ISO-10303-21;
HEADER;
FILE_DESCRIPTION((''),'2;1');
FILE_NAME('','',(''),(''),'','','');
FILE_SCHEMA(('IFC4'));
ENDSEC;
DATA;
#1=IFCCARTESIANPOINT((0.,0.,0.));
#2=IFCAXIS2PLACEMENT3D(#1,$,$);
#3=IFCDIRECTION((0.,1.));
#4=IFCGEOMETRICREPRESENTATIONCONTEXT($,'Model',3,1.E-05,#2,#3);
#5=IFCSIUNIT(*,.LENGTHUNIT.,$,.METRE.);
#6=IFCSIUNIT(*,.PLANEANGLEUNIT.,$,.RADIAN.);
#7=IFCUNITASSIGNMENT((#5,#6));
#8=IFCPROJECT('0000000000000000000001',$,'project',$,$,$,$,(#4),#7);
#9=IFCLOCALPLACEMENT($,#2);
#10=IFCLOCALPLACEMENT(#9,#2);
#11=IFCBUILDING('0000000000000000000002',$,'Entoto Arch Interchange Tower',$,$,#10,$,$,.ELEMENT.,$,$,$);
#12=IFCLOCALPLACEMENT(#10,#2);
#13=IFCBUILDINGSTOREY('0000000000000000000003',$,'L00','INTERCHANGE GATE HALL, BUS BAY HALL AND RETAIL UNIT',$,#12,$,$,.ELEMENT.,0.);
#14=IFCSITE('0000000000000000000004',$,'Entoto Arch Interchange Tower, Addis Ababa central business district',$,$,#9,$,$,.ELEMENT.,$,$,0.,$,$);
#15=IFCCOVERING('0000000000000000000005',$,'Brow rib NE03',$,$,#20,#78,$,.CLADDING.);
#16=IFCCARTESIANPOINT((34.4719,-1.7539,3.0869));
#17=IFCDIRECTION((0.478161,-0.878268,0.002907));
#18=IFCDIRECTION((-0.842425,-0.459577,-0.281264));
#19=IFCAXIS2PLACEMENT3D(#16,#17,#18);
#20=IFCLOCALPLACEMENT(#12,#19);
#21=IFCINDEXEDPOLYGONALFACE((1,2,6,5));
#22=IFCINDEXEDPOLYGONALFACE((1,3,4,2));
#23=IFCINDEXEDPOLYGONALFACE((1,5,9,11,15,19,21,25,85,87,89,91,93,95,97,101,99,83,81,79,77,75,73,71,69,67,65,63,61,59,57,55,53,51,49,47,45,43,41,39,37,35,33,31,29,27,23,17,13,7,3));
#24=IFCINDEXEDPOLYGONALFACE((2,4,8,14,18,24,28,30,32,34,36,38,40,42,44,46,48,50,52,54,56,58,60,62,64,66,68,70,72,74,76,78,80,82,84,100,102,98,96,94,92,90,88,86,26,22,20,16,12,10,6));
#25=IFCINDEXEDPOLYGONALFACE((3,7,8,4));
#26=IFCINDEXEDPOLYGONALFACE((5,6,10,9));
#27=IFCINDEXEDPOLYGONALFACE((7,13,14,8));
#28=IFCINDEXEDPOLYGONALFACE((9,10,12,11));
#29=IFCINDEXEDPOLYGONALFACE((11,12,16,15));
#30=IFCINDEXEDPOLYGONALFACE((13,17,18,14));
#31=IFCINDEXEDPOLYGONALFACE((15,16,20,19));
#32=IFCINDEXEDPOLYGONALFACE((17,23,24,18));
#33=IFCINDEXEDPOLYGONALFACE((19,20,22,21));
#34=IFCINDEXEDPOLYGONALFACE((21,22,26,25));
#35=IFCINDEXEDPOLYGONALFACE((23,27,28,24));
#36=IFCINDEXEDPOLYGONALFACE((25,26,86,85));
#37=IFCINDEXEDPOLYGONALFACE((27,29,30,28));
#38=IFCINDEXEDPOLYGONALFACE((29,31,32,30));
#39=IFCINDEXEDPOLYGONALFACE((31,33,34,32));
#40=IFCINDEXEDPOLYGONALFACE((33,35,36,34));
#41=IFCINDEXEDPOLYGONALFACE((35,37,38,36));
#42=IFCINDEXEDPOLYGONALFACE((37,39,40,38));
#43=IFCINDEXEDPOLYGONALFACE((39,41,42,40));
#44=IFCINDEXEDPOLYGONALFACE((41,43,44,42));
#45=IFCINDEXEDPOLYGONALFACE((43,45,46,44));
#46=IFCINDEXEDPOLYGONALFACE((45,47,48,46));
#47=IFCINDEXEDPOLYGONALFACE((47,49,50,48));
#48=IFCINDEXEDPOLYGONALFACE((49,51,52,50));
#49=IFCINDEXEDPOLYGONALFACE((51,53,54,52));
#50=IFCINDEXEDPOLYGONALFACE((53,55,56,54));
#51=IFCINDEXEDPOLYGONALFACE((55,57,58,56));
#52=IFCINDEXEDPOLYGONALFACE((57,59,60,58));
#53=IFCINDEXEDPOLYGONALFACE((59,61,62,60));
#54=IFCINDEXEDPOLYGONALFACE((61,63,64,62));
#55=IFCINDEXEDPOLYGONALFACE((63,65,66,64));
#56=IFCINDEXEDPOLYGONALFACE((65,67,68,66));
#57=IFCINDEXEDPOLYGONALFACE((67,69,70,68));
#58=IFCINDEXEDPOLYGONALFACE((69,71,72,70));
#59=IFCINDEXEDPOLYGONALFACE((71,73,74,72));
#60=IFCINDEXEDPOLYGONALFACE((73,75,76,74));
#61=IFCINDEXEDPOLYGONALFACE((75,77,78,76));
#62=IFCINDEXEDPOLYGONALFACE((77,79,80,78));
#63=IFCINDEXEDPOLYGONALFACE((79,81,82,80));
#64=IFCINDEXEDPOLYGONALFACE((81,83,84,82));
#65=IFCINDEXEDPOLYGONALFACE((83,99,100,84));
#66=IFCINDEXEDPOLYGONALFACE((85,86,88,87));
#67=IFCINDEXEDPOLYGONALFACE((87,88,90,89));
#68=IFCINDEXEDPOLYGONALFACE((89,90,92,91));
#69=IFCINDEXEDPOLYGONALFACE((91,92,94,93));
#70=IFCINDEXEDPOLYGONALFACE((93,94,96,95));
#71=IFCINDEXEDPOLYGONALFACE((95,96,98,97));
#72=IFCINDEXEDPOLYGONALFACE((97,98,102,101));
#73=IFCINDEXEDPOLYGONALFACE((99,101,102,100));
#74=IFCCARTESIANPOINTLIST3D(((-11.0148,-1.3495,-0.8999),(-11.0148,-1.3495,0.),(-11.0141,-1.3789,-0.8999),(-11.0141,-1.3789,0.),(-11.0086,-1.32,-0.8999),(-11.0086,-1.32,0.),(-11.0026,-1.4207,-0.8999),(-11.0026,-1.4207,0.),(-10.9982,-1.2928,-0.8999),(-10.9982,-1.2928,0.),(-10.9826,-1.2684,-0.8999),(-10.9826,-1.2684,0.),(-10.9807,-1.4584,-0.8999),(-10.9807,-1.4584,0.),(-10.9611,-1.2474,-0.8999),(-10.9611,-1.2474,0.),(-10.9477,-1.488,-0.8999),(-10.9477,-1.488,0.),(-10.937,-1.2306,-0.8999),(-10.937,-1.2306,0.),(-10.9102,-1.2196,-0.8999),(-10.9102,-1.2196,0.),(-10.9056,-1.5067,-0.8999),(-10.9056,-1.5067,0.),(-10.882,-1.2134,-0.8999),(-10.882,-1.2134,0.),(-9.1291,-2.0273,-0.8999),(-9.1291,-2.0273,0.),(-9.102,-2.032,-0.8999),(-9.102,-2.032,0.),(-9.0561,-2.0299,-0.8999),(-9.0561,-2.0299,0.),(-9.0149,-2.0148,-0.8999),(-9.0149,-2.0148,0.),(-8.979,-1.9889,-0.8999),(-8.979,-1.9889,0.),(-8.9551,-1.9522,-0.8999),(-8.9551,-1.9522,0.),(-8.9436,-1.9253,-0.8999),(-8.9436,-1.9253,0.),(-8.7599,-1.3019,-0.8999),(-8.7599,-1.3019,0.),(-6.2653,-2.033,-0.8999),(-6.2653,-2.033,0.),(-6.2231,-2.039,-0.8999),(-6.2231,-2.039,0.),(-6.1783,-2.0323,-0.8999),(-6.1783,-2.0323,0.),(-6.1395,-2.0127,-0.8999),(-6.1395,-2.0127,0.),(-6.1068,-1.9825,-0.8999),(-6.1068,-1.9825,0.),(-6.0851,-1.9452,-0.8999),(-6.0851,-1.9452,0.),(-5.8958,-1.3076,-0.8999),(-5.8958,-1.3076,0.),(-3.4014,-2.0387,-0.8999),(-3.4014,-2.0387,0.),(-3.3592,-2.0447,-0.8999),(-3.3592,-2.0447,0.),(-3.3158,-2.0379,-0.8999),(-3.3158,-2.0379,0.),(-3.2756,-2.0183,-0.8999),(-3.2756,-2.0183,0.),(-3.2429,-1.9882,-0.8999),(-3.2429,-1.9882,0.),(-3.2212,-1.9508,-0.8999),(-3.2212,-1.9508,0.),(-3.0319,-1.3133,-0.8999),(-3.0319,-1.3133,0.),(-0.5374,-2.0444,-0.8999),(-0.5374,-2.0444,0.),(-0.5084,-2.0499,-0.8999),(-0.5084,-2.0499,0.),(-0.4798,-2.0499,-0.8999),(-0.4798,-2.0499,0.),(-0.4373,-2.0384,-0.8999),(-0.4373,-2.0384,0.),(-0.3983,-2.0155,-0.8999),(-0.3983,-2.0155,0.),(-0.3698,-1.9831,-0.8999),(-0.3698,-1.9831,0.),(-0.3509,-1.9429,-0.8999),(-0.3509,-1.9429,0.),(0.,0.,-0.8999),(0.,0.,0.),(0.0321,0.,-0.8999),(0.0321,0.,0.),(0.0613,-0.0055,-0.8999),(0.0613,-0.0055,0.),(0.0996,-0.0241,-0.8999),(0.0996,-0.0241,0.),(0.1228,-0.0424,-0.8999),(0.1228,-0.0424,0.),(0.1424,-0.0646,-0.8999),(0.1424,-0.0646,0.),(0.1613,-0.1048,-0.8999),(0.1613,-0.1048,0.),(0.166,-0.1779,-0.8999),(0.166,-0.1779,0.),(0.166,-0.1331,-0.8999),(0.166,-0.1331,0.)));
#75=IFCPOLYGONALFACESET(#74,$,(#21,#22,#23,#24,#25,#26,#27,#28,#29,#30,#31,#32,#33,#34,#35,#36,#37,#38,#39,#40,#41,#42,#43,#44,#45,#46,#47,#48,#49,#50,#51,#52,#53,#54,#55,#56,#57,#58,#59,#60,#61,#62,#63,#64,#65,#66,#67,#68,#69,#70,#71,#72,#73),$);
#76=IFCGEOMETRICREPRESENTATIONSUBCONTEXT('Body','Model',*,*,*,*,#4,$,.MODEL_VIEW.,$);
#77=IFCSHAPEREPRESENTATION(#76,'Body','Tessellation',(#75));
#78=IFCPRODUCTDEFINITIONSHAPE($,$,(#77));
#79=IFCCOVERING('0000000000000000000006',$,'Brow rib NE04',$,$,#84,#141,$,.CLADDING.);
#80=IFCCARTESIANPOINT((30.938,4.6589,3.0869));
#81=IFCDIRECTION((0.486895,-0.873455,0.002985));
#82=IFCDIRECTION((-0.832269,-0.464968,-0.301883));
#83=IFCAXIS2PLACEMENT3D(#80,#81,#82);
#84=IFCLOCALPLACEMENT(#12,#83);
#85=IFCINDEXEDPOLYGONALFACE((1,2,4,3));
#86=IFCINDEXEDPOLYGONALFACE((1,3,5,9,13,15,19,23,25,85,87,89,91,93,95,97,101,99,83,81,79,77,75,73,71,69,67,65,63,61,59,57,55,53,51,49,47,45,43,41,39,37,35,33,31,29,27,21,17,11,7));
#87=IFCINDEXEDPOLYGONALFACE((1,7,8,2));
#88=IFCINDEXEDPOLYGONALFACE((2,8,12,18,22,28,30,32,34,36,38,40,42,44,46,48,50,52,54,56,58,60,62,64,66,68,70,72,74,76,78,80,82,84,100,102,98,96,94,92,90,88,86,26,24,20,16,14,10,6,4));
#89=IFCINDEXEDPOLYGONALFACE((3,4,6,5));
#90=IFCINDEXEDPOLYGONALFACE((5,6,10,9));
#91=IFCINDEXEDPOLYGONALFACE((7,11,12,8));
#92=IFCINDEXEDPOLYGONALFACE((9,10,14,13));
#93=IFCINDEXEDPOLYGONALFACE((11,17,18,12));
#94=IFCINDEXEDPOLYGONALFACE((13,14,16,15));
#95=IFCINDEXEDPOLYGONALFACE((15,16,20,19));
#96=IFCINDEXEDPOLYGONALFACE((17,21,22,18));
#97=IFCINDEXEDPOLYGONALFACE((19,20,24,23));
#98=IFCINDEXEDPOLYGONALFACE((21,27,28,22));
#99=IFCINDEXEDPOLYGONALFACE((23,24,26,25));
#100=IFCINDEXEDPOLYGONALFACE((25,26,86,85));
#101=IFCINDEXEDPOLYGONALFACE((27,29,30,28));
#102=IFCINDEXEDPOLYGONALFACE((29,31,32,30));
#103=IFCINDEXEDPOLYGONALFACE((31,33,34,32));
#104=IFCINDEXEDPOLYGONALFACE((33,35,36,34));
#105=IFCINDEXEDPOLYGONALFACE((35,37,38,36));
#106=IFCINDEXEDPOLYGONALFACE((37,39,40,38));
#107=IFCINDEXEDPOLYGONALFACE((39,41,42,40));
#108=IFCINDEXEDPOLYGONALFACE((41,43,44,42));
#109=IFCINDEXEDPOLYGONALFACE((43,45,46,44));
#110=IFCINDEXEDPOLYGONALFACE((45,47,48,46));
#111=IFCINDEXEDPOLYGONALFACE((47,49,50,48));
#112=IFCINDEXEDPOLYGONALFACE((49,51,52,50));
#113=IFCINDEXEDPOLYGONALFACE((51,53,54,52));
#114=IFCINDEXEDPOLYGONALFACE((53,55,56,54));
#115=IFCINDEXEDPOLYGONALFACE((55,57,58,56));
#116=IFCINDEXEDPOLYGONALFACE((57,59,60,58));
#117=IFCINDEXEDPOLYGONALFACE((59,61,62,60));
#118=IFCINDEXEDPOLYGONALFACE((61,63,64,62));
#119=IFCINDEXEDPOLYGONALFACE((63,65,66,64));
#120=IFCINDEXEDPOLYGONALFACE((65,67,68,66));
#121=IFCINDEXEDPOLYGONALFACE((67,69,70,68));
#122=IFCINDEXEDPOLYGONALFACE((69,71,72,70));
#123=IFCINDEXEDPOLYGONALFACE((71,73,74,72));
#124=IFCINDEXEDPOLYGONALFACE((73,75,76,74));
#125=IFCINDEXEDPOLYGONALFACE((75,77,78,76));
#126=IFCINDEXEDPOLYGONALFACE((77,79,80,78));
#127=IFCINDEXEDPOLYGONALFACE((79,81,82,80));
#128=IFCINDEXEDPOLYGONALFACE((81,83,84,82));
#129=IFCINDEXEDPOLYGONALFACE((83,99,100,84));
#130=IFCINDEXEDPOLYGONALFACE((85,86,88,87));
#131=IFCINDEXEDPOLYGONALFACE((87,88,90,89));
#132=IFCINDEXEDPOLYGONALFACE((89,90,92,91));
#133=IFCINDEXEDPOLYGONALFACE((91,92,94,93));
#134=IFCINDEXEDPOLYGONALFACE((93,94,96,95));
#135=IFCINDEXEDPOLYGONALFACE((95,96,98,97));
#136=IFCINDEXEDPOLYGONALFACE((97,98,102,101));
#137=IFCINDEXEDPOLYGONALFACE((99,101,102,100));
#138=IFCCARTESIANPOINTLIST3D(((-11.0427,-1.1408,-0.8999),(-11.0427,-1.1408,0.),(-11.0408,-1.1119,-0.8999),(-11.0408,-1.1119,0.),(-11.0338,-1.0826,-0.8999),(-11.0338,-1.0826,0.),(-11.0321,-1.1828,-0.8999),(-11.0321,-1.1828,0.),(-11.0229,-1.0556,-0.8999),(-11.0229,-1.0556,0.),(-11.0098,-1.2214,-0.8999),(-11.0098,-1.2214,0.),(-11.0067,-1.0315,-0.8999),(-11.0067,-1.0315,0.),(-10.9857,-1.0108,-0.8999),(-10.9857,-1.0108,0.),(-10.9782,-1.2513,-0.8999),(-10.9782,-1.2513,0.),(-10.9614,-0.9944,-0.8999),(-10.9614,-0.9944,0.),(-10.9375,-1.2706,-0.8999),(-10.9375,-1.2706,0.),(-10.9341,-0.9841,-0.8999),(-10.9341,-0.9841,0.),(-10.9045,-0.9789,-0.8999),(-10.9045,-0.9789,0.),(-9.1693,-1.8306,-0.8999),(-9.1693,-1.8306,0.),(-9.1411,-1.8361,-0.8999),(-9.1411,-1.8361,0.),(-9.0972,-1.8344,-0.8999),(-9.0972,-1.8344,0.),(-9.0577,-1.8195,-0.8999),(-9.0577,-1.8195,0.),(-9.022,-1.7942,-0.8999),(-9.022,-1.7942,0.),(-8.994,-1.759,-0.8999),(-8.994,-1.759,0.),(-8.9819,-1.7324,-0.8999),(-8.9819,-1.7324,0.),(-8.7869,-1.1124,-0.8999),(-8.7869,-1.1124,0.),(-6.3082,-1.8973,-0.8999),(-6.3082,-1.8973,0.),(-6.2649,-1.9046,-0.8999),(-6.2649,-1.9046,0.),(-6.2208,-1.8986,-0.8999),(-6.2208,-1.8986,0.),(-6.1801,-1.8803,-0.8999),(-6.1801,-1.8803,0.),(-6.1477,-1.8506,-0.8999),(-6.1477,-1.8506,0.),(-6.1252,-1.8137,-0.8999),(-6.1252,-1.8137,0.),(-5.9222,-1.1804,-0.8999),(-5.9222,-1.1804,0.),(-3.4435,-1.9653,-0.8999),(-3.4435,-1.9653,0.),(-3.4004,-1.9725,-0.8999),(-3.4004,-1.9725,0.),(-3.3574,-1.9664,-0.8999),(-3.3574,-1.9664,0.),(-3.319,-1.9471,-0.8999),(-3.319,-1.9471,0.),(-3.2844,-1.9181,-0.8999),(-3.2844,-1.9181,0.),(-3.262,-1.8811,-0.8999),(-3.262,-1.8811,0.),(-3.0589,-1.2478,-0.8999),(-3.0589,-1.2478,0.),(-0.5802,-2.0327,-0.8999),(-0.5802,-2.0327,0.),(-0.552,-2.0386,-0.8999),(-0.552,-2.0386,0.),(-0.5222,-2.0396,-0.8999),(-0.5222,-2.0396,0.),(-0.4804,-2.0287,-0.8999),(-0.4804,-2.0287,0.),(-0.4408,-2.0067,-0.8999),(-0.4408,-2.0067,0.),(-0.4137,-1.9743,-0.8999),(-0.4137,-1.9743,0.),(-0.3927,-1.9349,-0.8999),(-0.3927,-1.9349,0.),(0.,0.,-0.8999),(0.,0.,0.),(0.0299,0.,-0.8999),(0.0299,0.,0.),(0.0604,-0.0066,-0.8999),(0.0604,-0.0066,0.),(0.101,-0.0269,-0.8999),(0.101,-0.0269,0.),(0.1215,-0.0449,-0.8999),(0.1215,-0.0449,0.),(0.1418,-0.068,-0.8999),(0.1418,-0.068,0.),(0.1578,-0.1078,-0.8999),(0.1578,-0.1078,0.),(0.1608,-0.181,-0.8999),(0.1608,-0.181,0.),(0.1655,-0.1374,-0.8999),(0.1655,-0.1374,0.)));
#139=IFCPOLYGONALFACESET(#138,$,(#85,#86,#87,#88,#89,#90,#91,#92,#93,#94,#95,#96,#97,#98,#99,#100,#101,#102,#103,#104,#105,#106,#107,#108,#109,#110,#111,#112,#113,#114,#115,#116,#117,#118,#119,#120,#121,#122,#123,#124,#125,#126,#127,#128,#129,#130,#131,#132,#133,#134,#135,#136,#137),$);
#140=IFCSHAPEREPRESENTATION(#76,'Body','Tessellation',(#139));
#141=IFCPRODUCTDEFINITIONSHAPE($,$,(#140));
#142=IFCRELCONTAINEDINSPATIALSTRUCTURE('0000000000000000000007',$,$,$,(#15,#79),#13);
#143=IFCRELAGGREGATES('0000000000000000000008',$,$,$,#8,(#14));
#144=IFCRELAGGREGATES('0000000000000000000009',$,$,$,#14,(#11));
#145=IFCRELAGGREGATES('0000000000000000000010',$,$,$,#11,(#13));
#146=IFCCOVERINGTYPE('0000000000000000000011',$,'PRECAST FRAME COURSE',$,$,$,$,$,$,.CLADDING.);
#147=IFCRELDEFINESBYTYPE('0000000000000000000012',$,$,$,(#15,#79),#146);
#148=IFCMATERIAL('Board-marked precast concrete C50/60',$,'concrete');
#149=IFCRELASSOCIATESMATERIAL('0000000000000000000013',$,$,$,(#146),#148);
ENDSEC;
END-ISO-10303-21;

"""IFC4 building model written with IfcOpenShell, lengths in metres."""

from ifc_helpers import new_model, si_unit, direction, frame, origin, place, context, subcontext, project, spatial, polyline, outline, extrude, material, type_object, element, save


model = new_model("IFC4")

# Units and contexts
model_context = context("Model", 3, precision=1e-05, world=origin(), true_north=direction((0.0, 1.0)))
body_context = subcontext(model_context, "Body", "Model", "MODEL_VIEW")
ifc_project = project(units=[si_unit("LENGTHUNIT", "METRE"), si_unit("PLANEANGLEUNIT", "RADIAN")], contexts=[model_context])

# Site, building, storey
site_placement = place(None, origin())
site = spatial("IfcSite", under=ifc_project, at=site_placement, Name="Entoto Arch Interchange Tower, Addis Ababa central business district", CompositionType="ELEMENT", RefElevation=0.0)
building_placement = place(site_placement, origin())
building = spatial("IfcBuilding", under=site, at=building_placement, Name="Entoto Arch Interchange Tower", CompositionType="ELEMENT")
storey_placement = place(building_placement, origin())
storey = spatial("IfcBuildingStorey", under=building, at=storey_placement, Name="L00", Description="INTERCHANGE GATE HALL, BUS BAY HALL AND RETAIL UNIT", CompositionType="ELEMENT", Elevation=0.0)

# Coverings
ifc_material_1 = material(Name="Board-marked precast concrete C50/60", Category="concrete")
covering_type = type_object("IfcCoveringType", Name="PRECAST FRAME COURSE", PredefinedType="CLADDING", material=ifc_material_1)
covering_1_placement = place(storey_placement, frame((34.4719, -1.7539, 3.0869), z_axis=(0.478161, -0.878268, 0.002907), x_axis=(-0.842425, -0.459577, -0.281264)))
element("IfcCovering", 1, at=covering_1_placement, inside=storey, type_object=covering_type, Name="Brow rib NE03", PredefinedType="CLADDING", context=body_context, shape_type="SweptSolid", body=[
    extrude(outline(polyline([(0.0, 0.0), (0.0321, 0.0), (0.0613, -0.0055), (0.0996, -0.0241), (0.1228, -0.0424), (0.1424, -0.0646), (0.1613, -0.1048), (0.166, -0.1331), (0.166, -0.1779), (-0.3509, -1.9429), (-0.3698, -1.9831), (-0.3983, -2.0155), (-0.4373, -2.0384), (-0.4798, -2.0499), (-0.5084, -2.0499), (-0.5374, -2.0444), (-3.0319, -1.3133), (-3.2212, -1.9508), (-3.2429, -1.9882), (-3.2756, -2.0183), (-3.3158, -2.0379), (-3.3592, -2.0447), (-3.4014, -2.0387), (-5.8958, -1.3076), (-6.0851, -1.9452), (-6.1068, -1.9825), (-6.1395, -2.0127), (-6.1783, -2.0323), (-6.2231, -2.039), (-6.2653, -2.033), (-8.7599, -1.3019), (-8.9436, -1.9253), (-8.9551, -1.9522), (-8.979, -1.9889), (-9.0149, -2.0148), (-9.0561, -2.0299), (-9.102, -2.032), (-9.1291, -2.0273), (-10.9056, -1.5067), (-10.9477, -1.488), (-10.9807, -1.4584), (-11.0026, -1.4207), (-11.0141, -1.3789), (-11.0148, -1.3495), (-11.0086, -1.32), (-10.9982, -1.2928), (-10.9826, -1.2684), (-10.9611, -1.2474), (-10.937, -1.2306), (-10.9102, -1.2196), (-10.882, -1.2134), (0.0, 0.0)])), origin(), (0.0, 0.0, -1.0), 0.8999),
])
covering_2_placement = place(storey_placement, frame((30.938, 4.6589, 3.0869), z_axis=(0.486895, -0.873455, 0.002985), x_axis=(-0.832269, -0.464968, -0.301883)))
element("IfcCovering", 2, at=covering_2_placement, inside=storey, type_object=covering_type, Name="Brow rib NE04", PredefinedType="CLADDING", context=body_context, shape_type="SweptSolid", body=[
    extrude(outline(polyline([(0.0, 0.0), (0.0299, 0.0), (0.0604, -0.0066), (0.101, -0.0269), (0.1215, -0.0449), (0.1418, -0.068), (0.1578, -0.1078), (0.1655, -0.1374), (0.1608, -0.181), (-0.3927, -1.9349), (-0.4137, -1.9743), (-0.4408, -2.0067), (-0.4804, -2.0287), (-0.5222, -2.0396), (-0.552, -2.0386), (-0.5802, -2.0327), (-3.0589, -1.2478), (-3.262, -1.8811), (-3.2844, -1.9181), (-3.319, -1.9471), (-3.3574, -1.9664), (-3.4004, -1.9725), (-3.4435, -1.9653), (-5.9222, -1.1804), (-6.1252, -1.8137), (-6.1477, -1.8506), (-6.1801, -1.8803), (-6.2208, -1.8986), (-6.2649, -1.9046), (-6.3082, -1.8973), (-8.7869, -1.1124), (-8.9819, -1.7324), (-8.994, -1.759), (-9.022, -1.7942), (-9.0577, -1.8195), (-9.0972, -1.8344), (-9.1411, -1.8361), (-9.1693, -1.8306), (-10.9375, -1.2706), (-10.9782, -1.2513), (-11.0098, -1.2214), (-11.0321, -1.1828), (-11.0427, -1.1408), (-11.0408, -1.1119), (-11.0338, -1.0826), (-11.0229, -1.0556), (-11.0067, -1.0315), (-10.9857, -1.0108), (-10.9614, -0.9944), (-10.9341, -0.9841), (-10.9045, -0.9789), (0.0, 0.0)])), origin(), (0.0, 0.0, -1.0), 0.8999),
])

save(model, "model.ifc")
